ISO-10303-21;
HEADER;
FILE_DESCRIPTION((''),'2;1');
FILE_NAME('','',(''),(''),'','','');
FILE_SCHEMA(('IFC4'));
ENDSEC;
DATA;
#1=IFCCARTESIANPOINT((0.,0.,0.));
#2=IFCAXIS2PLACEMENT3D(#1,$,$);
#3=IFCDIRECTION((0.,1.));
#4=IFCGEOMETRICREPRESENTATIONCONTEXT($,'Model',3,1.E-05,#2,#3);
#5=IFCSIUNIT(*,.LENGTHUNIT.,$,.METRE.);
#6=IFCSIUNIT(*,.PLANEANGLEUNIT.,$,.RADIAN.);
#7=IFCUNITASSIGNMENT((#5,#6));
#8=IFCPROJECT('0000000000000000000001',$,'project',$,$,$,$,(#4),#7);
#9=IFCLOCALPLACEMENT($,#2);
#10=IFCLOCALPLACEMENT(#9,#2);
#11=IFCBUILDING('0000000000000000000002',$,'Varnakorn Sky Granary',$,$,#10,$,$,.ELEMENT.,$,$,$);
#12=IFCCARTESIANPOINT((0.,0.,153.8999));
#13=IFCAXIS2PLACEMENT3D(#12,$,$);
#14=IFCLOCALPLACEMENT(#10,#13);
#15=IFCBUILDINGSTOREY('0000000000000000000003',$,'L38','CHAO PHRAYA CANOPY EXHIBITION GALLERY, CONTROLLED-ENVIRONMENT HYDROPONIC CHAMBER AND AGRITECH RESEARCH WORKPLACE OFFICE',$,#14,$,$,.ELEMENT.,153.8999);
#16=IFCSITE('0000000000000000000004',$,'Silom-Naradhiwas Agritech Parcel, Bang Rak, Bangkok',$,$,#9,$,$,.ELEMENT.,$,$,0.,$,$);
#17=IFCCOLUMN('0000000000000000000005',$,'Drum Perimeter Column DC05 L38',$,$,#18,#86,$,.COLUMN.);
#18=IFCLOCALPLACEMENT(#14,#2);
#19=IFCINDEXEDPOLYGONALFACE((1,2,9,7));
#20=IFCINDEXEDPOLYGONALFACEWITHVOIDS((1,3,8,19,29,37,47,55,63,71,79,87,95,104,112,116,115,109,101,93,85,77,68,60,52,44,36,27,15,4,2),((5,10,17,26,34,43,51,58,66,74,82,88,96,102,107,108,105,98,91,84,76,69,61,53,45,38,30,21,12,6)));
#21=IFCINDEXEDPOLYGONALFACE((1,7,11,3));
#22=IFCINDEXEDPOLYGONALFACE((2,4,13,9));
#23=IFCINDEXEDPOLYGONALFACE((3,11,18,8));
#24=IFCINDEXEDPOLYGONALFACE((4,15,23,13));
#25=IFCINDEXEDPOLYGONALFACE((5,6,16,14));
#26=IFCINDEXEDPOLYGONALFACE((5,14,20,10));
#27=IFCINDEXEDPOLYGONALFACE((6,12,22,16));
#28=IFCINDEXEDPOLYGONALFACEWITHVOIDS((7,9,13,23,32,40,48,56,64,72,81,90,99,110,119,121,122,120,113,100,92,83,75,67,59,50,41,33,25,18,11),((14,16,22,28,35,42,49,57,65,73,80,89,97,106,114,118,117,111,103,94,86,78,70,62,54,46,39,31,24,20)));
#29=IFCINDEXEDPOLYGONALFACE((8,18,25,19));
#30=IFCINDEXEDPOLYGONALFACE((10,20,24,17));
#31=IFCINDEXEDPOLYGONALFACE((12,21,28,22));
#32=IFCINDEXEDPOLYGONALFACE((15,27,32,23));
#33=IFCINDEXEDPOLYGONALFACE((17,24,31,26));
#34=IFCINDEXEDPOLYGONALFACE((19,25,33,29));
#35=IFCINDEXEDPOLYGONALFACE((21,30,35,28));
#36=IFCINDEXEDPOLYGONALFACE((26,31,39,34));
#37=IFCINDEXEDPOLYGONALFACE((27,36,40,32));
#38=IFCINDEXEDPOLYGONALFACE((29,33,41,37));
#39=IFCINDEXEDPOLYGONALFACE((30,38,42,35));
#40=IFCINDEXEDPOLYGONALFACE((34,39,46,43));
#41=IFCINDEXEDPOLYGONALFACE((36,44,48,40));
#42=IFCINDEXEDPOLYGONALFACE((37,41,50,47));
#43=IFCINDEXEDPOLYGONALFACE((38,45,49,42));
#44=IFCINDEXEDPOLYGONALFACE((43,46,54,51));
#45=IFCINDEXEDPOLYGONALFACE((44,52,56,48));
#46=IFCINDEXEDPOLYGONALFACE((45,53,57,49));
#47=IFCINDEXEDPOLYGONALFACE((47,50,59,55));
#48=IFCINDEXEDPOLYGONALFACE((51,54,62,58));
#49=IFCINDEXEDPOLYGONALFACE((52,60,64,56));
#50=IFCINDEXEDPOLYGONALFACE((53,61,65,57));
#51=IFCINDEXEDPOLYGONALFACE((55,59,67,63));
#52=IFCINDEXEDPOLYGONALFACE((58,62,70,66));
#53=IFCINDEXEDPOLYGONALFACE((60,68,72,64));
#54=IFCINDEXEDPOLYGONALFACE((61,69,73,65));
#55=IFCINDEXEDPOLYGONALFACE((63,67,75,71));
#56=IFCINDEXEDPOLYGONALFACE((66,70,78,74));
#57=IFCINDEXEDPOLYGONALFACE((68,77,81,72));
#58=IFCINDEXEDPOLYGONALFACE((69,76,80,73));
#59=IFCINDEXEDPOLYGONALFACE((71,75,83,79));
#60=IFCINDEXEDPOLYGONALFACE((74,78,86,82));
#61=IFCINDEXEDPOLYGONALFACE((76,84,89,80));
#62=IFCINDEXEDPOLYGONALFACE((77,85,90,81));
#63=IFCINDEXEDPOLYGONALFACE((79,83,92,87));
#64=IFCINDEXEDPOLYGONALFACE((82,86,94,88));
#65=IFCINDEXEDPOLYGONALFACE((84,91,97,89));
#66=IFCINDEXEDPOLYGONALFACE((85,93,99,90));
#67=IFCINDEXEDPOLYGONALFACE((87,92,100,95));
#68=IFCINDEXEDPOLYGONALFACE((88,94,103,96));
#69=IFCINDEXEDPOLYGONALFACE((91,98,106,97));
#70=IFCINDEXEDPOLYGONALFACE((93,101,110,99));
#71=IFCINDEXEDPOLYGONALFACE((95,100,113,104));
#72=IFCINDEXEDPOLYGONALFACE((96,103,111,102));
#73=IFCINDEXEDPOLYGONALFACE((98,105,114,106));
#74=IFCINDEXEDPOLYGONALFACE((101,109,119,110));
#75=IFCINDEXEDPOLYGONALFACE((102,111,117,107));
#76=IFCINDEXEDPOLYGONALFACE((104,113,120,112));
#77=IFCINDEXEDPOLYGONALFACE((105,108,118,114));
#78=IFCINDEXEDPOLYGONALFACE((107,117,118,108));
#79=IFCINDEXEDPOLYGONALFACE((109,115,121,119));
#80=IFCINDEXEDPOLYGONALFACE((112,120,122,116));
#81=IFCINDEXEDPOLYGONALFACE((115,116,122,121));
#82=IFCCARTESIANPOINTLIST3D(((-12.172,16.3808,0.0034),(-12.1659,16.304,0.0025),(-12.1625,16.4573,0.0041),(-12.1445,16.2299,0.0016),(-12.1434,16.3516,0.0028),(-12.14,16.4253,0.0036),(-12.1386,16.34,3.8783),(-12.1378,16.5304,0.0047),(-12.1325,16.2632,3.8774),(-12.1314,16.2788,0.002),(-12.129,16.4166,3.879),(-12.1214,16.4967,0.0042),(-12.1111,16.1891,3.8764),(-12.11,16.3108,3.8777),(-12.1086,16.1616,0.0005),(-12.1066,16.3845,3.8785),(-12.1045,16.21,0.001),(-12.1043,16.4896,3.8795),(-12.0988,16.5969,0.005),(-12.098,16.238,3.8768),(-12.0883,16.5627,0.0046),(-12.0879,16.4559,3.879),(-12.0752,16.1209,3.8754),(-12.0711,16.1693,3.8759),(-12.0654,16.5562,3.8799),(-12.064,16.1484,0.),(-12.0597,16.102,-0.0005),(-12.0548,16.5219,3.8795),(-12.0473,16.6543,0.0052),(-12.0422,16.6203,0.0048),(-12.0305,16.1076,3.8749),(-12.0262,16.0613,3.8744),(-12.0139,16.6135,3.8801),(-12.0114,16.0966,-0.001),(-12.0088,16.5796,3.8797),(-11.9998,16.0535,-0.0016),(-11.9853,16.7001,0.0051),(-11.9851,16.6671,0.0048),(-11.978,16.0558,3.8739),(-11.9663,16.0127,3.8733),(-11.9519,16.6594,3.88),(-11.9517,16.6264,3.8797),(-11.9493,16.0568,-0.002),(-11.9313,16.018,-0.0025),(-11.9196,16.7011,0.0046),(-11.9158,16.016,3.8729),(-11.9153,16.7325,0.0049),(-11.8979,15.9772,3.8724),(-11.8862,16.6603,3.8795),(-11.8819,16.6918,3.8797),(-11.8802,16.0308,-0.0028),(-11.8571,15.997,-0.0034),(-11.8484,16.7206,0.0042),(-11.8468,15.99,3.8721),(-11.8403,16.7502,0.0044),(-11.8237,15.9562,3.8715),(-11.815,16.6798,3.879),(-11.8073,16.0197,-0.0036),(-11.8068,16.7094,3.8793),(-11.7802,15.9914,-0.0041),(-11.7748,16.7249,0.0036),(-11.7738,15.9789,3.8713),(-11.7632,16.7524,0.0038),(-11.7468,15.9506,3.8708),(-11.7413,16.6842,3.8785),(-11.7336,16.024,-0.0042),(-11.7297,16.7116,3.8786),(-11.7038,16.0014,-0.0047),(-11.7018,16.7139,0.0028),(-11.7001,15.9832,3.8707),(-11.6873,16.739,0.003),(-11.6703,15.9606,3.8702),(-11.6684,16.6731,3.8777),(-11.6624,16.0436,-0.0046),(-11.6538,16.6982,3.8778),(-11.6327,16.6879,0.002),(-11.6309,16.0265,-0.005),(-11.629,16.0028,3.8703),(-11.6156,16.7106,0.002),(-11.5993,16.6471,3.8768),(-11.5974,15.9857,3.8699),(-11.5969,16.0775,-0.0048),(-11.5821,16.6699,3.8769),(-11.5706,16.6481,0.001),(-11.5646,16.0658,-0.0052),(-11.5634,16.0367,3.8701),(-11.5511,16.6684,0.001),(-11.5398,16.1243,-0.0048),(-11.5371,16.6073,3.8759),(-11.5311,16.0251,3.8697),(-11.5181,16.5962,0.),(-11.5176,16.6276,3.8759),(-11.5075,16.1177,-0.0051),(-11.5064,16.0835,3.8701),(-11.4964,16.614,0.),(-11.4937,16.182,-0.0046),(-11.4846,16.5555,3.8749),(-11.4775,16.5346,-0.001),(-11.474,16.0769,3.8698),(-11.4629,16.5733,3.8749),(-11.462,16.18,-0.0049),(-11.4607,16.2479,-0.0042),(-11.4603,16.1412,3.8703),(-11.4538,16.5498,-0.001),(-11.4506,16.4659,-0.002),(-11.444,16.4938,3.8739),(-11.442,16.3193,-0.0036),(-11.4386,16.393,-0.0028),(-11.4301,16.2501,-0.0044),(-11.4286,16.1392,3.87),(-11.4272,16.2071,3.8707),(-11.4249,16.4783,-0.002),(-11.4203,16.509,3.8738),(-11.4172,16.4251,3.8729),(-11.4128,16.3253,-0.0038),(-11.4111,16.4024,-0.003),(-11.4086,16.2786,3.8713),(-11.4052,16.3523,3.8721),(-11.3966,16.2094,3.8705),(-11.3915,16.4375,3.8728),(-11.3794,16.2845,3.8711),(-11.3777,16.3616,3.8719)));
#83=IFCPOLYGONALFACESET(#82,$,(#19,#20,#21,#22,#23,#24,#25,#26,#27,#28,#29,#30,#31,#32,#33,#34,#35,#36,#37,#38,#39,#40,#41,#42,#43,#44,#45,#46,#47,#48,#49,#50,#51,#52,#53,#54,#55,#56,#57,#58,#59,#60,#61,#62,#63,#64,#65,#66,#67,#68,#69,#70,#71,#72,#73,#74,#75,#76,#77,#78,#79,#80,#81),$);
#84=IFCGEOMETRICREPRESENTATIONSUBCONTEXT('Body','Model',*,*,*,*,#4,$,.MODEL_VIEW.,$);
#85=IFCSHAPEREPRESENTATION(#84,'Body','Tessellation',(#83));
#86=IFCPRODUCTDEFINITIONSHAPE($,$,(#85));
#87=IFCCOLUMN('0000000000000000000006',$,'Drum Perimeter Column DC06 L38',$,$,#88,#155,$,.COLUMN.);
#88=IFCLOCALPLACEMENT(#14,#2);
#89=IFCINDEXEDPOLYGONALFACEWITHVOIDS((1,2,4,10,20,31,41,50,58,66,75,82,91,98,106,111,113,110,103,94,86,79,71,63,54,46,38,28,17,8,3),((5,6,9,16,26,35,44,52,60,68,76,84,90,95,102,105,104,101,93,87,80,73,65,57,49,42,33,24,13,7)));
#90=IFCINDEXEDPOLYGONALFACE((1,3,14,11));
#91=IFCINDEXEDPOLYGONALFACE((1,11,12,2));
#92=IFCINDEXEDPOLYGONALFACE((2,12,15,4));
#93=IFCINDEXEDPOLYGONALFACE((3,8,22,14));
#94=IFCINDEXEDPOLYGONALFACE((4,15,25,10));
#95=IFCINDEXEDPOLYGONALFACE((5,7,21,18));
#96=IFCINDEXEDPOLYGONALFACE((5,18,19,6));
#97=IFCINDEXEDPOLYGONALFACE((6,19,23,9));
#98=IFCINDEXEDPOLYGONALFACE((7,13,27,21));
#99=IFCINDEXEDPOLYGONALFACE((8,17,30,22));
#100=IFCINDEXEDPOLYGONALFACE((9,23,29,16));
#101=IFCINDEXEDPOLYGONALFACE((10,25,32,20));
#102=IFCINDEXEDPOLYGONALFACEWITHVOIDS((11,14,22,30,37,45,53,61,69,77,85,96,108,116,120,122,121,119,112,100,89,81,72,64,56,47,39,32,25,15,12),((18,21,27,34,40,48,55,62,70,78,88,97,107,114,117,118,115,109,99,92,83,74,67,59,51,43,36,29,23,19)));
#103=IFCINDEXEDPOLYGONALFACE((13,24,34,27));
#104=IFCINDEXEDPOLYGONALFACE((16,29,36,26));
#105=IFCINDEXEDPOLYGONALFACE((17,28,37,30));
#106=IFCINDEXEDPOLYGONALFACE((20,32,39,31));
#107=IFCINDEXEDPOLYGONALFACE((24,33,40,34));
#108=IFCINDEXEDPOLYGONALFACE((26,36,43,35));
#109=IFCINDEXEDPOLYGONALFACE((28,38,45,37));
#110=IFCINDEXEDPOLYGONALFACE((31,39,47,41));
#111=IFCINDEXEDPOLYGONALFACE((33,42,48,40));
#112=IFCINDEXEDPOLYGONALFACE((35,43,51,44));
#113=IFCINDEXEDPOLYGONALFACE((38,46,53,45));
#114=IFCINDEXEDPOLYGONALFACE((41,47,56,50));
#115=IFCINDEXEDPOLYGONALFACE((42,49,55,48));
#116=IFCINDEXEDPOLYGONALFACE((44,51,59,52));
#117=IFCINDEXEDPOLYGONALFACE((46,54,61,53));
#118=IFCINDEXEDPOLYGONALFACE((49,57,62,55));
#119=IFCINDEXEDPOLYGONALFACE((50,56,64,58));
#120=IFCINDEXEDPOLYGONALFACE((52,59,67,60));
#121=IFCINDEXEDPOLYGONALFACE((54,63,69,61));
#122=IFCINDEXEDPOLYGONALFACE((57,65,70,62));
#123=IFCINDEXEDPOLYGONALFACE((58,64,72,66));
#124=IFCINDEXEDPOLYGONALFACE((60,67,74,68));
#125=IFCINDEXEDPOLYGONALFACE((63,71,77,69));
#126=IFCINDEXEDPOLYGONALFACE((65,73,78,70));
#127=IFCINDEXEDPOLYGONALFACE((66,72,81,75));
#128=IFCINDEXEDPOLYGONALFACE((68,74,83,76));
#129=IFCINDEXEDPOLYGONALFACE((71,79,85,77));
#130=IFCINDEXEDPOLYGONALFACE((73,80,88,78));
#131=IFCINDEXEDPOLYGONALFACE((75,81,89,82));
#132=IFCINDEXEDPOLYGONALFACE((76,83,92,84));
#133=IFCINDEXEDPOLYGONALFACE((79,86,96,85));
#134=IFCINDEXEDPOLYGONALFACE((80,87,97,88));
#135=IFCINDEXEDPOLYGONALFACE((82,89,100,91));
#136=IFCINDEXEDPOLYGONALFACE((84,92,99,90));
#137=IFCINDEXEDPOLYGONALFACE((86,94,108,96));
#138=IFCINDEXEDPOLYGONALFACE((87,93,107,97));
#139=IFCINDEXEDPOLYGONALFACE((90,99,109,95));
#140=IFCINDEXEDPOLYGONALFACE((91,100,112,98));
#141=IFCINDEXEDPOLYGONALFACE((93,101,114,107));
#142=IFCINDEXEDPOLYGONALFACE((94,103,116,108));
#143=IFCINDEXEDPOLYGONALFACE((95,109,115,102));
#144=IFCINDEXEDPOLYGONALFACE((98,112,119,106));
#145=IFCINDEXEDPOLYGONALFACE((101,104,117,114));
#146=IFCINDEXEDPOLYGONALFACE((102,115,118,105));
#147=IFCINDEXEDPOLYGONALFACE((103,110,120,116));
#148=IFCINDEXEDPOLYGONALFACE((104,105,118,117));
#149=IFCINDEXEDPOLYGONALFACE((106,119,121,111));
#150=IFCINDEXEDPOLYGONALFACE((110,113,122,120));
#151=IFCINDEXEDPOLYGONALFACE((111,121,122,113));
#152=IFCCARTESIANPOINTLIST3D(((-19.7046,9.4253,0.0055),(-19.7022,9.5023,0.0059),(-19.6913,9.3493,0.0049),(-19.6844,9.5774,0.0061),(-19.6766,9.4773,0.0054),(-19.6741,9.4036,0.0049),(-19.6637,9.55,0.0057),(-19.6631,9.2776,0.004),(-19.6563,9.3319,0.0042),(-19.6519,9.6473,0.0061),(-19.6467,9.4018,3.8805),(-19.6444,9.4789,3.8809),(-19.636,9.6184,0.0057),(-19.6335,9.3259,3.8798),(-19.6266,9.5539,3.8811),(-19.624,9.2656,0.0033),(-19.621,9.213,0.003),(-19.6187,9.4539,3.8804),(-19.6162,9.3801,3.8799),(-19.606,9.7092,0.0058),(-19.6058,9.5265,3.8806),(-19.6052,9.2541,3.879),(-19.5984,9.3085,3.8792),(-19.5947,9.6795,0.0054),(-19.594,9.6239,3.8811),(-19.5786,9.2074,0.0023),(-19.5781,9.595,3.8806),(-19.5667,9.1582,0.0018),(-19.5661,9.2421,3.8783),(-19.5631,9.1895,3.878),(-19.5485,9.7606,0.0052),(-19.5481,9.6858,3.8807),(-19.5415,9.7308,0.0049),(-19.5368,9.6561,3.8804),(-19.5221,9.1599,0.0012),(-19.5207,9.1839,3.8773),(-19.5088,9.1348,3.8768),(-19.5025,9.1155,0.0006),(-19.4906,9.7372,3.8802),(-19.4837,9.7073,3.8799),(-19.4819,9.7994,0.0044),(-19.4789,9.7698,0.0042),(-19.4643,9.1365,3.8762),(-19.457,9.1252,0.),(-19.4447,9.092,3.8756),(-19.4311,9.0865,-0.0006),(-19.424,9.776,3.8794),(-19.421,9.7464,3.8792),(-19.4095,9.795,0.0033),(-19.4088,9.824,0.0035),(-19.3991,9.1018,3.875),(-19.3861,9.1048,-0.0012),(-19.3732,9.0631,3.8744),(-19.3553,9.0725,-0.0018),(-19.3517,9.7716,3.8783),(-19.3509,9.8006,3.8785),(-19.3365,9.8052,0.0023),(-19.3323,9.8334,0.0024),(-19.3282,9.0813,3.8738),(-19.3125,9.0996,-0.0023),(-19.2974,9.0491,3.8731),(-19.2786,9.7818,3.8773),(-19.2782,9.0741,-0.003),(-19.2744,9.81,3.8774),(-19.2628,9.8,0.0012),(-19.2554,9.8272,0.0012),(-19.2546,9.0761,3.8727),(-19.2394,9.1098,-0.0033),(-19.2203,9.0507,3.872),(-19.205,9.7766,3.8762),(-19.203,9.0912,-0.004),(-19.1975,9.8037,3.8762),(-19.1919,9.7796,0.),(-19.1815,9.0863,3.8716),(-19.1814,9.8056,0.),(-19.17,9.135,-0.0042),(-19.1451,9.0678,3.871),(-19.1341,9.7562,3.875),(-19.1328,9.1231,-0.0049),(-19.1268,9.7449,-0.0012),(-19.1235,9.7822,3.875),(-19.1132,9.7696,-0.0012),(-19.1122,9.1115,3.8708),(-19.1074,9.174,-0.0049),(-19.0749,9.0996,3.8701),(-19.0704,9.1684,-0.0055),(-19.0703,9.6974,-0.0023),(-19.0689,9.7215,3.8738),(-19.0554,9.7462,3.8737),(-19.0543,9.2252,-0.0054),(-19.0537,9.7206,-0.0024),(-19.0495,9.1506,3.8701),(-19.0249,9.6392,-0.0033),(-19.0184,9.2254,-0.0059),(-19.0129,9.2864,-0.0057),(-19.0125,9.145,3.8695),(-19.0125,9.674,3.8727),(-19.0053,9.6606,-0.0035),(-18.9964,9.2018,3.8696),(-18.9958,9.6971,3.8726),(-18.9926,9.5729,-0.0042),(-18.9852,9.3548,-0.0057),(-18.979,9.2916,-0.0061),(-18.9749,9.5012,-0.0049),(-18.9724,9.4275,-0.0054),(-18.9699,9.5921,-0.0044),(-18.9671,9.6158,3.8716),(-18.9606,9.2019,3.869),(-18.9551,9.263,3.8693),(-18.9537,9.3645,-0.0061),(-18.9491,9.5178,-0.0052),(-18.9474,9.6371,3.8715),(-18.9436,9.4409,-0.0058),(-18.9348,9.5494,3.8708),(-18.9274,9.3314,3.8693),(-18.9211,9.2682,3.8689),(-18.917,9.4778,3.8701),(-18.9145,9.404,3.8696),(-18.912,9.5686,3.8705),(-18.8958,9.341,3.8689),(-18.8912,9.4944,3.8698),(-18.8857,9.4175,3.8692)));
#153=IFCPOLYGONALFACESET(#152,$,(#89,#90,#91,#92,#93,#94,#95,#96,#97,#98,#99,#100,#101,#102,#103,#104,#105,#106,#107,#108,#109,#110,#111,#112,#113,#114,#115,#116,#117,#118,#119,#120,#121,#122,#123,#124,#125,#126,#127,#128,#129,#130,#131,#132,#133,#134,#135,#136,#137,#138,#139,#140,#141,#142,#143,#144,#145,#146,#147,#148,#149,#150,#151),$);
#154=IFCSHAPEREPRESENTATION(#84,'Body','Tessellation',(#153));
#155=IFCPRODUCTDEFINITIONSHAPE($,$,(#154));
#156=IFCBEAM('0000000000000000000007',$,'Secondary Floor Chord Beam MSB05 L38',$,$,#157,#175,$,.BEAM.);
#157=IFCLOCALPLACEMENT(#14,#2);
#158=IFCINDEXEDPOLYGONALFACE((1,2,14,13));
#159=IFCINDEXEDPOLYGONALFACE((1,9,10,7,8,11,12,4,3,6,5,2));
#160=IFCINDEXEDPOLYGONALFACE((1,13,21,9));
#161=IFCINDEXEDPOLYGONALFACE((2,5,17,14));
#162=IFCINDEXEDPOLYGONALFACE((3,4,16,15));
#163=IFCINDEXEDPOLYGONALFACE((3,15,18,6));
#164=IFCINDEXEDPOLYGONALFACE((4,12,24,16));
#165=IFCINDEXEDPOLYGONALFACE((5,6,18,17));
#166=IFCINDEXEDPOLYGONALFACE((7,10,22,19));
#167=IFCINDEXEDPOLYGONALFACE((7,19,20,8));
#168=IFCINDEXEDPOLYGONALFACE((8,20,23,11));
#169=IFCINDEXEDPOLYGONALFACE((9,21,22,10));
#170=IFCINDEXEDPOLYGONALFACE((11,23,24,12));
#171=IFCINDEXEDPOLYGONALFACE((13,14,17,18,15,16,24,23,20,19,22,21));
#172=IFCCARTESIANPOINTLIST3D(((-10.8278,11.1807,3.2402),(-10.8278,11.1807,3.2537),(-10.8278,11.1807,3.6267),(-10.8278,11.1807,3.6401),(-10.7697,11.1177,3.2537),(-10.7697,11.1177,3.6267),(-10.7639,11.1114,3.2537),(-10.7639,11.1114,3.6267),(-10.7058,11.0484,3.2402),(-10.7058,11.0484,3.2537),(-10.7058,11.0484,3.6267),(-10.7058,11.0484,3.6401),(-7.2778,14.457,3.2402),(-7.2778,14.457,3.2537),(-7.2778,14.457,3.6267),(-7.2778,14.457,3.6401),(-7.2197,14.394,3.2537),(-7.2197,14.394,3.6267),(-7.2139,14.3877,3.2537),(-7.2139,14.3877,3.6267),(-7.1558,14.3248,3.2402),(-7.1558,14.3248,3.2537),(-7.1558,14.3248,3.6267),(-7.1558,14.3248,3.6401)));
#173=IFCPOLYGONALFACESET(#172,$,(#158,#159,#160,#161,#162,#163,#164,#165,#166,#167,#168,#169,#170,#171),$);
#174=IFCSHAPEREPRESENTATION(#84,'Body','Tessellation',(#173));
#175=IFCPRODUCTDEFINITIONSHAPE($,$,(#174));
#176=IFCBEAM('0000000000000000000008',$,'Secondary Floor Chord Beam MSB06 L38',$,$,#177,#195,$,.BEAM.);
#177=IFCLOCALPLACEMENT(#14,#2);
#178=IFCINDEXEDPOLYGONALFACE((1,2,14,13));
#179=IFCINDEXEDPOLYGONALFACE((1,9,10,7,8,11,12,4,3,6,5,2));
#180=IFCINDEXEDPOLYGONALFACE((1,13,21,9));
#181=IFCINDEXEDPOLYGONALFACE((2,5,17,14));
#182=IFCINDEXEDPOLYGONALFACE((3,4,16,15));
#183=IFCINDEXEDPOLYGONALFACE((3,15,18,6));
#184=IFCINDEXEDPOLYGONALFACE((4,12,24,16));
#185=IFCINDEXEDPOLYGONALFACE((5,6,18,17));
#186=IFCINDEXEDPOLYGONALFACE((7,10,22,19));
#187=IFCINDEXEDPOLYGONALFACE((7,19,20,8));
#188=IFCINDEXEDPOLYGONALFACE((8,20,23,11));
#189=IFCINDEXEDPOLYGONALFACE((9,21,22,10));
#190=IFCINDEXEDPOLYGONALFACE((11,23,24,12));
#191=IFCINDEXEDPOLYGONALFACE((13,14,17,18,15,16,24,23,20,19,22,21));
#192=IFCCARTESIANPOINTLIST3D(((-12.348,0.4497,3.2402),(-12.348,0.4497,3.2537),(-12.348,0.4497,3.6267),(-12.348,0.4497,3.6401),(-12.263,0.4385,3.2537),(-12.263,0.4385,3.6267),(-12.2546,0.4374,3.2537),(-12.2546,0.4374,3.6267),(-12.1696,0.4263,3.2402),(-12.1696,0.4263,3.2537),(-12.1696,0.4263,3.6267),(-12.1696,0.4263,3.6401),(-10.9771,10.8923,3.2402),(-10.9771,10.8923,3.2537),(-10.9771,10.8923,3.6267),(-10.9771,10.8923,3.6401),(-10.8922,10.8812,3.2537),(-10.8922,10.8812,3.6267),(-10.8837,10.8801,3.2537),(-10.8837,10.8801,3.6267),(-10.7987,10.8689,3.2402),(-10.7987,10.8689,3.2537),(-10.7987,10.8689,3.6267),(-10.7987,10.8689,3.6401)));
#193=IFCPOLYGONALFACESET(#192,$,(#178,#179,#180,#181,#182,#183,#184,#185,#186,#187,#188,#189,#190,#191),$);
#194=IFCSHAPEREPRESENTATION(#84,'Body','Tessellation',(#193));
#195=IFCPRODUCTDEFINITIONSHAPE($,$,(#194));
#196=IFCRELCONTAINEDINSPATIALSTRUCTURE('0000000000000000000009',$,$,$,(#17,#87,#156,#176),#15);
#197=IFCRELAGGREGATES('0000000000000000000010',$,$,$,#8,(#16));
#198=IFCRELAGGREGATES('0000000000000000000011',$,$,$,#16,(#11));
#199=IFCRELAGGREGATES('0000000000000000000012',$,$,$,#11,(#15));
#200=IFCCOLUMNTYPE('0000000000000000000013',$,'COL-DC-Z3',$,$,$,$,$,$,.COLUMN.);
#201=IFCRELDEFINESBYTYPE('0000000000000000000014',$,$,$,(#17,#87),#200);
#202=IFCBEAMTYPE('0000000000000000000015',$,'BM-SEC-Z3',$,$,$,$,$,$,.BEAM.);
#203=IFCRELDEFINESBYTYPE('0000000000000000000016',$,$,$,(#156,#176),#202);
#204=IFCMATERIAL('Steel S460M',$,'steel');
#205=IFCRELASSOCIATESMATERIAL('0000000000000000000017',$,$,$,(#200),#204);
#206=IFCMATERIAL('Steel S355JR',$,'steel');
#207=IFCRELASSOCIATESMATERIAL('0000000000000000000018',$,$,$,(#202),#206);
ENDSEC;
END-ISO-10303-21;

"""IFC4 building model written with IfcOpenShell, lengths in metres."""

from ifc_helpers import new_model, si_unit, direction, frame, origin, origin_2d, place, context, subcontext, project, spatial, hollow_circle, i_section, extrude, material, material_profile, profile_set, type_object, element, save


model = new_model("IFC4")

# Units and contexts
model_context = context("Model", 3, precision=1e-05, world=origin(), true_north=direction((0.0, 1.0)))
body_context = subcontext(model_context, "Body", "Model", "MODEL_VIEW")
ifc_project = project(units=[si_unit("LENGTHUNIT", "METRE"), si_unit("PLANEANGLEUNIT", "RADIAN")], contexts=[model_context])

# Site, building, storey
site_placement = place(None, origin())
site = spatial("IfcSite", under=ifc_project, at=site_placement, Name="Silom-Naradhiwas Agritech Parcel, Bang Rak, Bangkok", CompositionType="ELEMENT", RefElevation=0.0)
building_placement = place(site_placement, origin())
building = spatial("IfcBuilding", under=site, at=building_placement, Name="Varnakorn Sky Granary", CompositionType="ELEMENT")
storey_placement = place(building_placement, frame((0.0, 0.0, 153.8999)))
storey = spatial("IfcBuildingStorey", under=building, at=storey_placement, Name="L38", Description="CHAO PHRAYA CANOPY EXHIBITION GALLERY, CONTROLLED-ENVIRONMENT HYDROPONIC CHAMBER AND AGRITECH RESEARCH WORKPLACE OFFICE", CompositionType="ELEMENT", Elevation=153.8999)

# Columns
ifc_material_1 = material(Name="Steel S460M", Category="steel")
ifc_material_profile_1 = material_profile(ifc_material_1, hollow_circle(Radius=0.3811, WallThickness=0.0281, at=origin_2d()), Name="CHS 762x28")
ifc_profile_set_1 = profile_set([ifc_material_profile_1], Name="Steel S460M")
column_type = type_object("IfcColumnType", Name="COL-DC-Z3", PredefinedType="COLUMN", material=ifc_profile_set_1)
column_1_placement = place(storey_placement, frame((-11.791, 16.3723, 0.0), z_axis=(0.008631, -0.010521, 0.999907), x_axis=(0.773132, 0.634246, 0.0)))
element("IfcColumn", 1, at=column_1_placement, inside=storey, type_object=column_type, Name="Drum Perimeter Column DC05 L38", PredefinedType="COLUMN", context=body_context, shape_type="SweptSolid", body=[
    extrude(hollow_circle(Radius=0.3811, WallThickness=0.0281, at=origin_2d()), origin(), (0.0, 0.0, 1.0), 3.8752),
])
column_2_placement = place(storey_placement, frame((-19.3245, 9.4524, 0.0), z_axis=(0.01493, -0.006048, 0.99987), x_axis=(0.375433, 0.92685, 0.0)))
element("IfcColumn", 2, at=column_2_placement, inside=storey, type_object=column_type, Name="Drum Perimeter Column DC06 L38", PredefinedType="COLUMN", context=body_context, shape_type="SweptSolid", body=[
    extrude(hollow_circle(Radius=0.3811, WallThickness=0.0281, at=origin_2d()), origin(), (0.0, 0.0, 1.0), 3.8755),
])

# Beams
ifc_material_2 = material(Name="Steel S355JR", Category="steel")
ifc_material_profile_2 = material_profile(ifc_material_2, i_section(OverallWidth=0.1799, OverallDepth=0.3999, WebThickness=0.0085, FlangeThickness=0.0134, at=origin_2d()), Name="IPE 400")
ifc_profile_set_2 = profile_set([ifc_material_profile_2], Name="Steel S355JR")
beam_type_1 = type_object("IfcBeamType", Name="BM-SEC-Z3", PredefinedType="BEAM", material=ifc_profile_set_2)
beam_1_placement = place(storey_placement, frame((-7.2168, 14.3909, 3.4402), z_axis=(-0.734865, -0.678213, 0.0), x_axis=(0.678213, -0.734865, 0.0)))
element("IfcBeam", 3, at=beam_1_placement, inside=storey, type_object=beam_type_1, Name="Secondary Floor Chord Beam MSB05 L38", PredefinedType="BEAM", context=body_context, shape_type="SweptSolid", body=[
    extrude(i_section(OverallWidth=0.1799, OverallDepth=0.3999, WebThickness=0.0085, FlangeThickness=0.0134, at=origin_2d()), origin(), (0.0, 0.0, 1.0), 4.8308),
])
beam_2_placement = place(storey_placement, frame((-10.8879, 10.8806, 3.4402), z_axis=(-0.130158, -0.991493, 0.0), x_axis=(0.991493, -0.130158, 0.0)))
element("IfcBeam", 4, at=beam_2_placement, inside=storey, type_object=beam_type_1, Name="Secondary Floor Chord Beam MSB06 L38", PredefinedType="BEAM", context=body_context, shape_type="SweptSolid", body=[
    extrude(i_section(OverallWidth=0.1799, OverallDepth=0.3999, WebThickness=0.0085, FlangeThickness=0.0134, at=origin_2d()), origin(), (0.0, 0.0, 1.0), 10.5322),
])

save(model, "model.ifc")
